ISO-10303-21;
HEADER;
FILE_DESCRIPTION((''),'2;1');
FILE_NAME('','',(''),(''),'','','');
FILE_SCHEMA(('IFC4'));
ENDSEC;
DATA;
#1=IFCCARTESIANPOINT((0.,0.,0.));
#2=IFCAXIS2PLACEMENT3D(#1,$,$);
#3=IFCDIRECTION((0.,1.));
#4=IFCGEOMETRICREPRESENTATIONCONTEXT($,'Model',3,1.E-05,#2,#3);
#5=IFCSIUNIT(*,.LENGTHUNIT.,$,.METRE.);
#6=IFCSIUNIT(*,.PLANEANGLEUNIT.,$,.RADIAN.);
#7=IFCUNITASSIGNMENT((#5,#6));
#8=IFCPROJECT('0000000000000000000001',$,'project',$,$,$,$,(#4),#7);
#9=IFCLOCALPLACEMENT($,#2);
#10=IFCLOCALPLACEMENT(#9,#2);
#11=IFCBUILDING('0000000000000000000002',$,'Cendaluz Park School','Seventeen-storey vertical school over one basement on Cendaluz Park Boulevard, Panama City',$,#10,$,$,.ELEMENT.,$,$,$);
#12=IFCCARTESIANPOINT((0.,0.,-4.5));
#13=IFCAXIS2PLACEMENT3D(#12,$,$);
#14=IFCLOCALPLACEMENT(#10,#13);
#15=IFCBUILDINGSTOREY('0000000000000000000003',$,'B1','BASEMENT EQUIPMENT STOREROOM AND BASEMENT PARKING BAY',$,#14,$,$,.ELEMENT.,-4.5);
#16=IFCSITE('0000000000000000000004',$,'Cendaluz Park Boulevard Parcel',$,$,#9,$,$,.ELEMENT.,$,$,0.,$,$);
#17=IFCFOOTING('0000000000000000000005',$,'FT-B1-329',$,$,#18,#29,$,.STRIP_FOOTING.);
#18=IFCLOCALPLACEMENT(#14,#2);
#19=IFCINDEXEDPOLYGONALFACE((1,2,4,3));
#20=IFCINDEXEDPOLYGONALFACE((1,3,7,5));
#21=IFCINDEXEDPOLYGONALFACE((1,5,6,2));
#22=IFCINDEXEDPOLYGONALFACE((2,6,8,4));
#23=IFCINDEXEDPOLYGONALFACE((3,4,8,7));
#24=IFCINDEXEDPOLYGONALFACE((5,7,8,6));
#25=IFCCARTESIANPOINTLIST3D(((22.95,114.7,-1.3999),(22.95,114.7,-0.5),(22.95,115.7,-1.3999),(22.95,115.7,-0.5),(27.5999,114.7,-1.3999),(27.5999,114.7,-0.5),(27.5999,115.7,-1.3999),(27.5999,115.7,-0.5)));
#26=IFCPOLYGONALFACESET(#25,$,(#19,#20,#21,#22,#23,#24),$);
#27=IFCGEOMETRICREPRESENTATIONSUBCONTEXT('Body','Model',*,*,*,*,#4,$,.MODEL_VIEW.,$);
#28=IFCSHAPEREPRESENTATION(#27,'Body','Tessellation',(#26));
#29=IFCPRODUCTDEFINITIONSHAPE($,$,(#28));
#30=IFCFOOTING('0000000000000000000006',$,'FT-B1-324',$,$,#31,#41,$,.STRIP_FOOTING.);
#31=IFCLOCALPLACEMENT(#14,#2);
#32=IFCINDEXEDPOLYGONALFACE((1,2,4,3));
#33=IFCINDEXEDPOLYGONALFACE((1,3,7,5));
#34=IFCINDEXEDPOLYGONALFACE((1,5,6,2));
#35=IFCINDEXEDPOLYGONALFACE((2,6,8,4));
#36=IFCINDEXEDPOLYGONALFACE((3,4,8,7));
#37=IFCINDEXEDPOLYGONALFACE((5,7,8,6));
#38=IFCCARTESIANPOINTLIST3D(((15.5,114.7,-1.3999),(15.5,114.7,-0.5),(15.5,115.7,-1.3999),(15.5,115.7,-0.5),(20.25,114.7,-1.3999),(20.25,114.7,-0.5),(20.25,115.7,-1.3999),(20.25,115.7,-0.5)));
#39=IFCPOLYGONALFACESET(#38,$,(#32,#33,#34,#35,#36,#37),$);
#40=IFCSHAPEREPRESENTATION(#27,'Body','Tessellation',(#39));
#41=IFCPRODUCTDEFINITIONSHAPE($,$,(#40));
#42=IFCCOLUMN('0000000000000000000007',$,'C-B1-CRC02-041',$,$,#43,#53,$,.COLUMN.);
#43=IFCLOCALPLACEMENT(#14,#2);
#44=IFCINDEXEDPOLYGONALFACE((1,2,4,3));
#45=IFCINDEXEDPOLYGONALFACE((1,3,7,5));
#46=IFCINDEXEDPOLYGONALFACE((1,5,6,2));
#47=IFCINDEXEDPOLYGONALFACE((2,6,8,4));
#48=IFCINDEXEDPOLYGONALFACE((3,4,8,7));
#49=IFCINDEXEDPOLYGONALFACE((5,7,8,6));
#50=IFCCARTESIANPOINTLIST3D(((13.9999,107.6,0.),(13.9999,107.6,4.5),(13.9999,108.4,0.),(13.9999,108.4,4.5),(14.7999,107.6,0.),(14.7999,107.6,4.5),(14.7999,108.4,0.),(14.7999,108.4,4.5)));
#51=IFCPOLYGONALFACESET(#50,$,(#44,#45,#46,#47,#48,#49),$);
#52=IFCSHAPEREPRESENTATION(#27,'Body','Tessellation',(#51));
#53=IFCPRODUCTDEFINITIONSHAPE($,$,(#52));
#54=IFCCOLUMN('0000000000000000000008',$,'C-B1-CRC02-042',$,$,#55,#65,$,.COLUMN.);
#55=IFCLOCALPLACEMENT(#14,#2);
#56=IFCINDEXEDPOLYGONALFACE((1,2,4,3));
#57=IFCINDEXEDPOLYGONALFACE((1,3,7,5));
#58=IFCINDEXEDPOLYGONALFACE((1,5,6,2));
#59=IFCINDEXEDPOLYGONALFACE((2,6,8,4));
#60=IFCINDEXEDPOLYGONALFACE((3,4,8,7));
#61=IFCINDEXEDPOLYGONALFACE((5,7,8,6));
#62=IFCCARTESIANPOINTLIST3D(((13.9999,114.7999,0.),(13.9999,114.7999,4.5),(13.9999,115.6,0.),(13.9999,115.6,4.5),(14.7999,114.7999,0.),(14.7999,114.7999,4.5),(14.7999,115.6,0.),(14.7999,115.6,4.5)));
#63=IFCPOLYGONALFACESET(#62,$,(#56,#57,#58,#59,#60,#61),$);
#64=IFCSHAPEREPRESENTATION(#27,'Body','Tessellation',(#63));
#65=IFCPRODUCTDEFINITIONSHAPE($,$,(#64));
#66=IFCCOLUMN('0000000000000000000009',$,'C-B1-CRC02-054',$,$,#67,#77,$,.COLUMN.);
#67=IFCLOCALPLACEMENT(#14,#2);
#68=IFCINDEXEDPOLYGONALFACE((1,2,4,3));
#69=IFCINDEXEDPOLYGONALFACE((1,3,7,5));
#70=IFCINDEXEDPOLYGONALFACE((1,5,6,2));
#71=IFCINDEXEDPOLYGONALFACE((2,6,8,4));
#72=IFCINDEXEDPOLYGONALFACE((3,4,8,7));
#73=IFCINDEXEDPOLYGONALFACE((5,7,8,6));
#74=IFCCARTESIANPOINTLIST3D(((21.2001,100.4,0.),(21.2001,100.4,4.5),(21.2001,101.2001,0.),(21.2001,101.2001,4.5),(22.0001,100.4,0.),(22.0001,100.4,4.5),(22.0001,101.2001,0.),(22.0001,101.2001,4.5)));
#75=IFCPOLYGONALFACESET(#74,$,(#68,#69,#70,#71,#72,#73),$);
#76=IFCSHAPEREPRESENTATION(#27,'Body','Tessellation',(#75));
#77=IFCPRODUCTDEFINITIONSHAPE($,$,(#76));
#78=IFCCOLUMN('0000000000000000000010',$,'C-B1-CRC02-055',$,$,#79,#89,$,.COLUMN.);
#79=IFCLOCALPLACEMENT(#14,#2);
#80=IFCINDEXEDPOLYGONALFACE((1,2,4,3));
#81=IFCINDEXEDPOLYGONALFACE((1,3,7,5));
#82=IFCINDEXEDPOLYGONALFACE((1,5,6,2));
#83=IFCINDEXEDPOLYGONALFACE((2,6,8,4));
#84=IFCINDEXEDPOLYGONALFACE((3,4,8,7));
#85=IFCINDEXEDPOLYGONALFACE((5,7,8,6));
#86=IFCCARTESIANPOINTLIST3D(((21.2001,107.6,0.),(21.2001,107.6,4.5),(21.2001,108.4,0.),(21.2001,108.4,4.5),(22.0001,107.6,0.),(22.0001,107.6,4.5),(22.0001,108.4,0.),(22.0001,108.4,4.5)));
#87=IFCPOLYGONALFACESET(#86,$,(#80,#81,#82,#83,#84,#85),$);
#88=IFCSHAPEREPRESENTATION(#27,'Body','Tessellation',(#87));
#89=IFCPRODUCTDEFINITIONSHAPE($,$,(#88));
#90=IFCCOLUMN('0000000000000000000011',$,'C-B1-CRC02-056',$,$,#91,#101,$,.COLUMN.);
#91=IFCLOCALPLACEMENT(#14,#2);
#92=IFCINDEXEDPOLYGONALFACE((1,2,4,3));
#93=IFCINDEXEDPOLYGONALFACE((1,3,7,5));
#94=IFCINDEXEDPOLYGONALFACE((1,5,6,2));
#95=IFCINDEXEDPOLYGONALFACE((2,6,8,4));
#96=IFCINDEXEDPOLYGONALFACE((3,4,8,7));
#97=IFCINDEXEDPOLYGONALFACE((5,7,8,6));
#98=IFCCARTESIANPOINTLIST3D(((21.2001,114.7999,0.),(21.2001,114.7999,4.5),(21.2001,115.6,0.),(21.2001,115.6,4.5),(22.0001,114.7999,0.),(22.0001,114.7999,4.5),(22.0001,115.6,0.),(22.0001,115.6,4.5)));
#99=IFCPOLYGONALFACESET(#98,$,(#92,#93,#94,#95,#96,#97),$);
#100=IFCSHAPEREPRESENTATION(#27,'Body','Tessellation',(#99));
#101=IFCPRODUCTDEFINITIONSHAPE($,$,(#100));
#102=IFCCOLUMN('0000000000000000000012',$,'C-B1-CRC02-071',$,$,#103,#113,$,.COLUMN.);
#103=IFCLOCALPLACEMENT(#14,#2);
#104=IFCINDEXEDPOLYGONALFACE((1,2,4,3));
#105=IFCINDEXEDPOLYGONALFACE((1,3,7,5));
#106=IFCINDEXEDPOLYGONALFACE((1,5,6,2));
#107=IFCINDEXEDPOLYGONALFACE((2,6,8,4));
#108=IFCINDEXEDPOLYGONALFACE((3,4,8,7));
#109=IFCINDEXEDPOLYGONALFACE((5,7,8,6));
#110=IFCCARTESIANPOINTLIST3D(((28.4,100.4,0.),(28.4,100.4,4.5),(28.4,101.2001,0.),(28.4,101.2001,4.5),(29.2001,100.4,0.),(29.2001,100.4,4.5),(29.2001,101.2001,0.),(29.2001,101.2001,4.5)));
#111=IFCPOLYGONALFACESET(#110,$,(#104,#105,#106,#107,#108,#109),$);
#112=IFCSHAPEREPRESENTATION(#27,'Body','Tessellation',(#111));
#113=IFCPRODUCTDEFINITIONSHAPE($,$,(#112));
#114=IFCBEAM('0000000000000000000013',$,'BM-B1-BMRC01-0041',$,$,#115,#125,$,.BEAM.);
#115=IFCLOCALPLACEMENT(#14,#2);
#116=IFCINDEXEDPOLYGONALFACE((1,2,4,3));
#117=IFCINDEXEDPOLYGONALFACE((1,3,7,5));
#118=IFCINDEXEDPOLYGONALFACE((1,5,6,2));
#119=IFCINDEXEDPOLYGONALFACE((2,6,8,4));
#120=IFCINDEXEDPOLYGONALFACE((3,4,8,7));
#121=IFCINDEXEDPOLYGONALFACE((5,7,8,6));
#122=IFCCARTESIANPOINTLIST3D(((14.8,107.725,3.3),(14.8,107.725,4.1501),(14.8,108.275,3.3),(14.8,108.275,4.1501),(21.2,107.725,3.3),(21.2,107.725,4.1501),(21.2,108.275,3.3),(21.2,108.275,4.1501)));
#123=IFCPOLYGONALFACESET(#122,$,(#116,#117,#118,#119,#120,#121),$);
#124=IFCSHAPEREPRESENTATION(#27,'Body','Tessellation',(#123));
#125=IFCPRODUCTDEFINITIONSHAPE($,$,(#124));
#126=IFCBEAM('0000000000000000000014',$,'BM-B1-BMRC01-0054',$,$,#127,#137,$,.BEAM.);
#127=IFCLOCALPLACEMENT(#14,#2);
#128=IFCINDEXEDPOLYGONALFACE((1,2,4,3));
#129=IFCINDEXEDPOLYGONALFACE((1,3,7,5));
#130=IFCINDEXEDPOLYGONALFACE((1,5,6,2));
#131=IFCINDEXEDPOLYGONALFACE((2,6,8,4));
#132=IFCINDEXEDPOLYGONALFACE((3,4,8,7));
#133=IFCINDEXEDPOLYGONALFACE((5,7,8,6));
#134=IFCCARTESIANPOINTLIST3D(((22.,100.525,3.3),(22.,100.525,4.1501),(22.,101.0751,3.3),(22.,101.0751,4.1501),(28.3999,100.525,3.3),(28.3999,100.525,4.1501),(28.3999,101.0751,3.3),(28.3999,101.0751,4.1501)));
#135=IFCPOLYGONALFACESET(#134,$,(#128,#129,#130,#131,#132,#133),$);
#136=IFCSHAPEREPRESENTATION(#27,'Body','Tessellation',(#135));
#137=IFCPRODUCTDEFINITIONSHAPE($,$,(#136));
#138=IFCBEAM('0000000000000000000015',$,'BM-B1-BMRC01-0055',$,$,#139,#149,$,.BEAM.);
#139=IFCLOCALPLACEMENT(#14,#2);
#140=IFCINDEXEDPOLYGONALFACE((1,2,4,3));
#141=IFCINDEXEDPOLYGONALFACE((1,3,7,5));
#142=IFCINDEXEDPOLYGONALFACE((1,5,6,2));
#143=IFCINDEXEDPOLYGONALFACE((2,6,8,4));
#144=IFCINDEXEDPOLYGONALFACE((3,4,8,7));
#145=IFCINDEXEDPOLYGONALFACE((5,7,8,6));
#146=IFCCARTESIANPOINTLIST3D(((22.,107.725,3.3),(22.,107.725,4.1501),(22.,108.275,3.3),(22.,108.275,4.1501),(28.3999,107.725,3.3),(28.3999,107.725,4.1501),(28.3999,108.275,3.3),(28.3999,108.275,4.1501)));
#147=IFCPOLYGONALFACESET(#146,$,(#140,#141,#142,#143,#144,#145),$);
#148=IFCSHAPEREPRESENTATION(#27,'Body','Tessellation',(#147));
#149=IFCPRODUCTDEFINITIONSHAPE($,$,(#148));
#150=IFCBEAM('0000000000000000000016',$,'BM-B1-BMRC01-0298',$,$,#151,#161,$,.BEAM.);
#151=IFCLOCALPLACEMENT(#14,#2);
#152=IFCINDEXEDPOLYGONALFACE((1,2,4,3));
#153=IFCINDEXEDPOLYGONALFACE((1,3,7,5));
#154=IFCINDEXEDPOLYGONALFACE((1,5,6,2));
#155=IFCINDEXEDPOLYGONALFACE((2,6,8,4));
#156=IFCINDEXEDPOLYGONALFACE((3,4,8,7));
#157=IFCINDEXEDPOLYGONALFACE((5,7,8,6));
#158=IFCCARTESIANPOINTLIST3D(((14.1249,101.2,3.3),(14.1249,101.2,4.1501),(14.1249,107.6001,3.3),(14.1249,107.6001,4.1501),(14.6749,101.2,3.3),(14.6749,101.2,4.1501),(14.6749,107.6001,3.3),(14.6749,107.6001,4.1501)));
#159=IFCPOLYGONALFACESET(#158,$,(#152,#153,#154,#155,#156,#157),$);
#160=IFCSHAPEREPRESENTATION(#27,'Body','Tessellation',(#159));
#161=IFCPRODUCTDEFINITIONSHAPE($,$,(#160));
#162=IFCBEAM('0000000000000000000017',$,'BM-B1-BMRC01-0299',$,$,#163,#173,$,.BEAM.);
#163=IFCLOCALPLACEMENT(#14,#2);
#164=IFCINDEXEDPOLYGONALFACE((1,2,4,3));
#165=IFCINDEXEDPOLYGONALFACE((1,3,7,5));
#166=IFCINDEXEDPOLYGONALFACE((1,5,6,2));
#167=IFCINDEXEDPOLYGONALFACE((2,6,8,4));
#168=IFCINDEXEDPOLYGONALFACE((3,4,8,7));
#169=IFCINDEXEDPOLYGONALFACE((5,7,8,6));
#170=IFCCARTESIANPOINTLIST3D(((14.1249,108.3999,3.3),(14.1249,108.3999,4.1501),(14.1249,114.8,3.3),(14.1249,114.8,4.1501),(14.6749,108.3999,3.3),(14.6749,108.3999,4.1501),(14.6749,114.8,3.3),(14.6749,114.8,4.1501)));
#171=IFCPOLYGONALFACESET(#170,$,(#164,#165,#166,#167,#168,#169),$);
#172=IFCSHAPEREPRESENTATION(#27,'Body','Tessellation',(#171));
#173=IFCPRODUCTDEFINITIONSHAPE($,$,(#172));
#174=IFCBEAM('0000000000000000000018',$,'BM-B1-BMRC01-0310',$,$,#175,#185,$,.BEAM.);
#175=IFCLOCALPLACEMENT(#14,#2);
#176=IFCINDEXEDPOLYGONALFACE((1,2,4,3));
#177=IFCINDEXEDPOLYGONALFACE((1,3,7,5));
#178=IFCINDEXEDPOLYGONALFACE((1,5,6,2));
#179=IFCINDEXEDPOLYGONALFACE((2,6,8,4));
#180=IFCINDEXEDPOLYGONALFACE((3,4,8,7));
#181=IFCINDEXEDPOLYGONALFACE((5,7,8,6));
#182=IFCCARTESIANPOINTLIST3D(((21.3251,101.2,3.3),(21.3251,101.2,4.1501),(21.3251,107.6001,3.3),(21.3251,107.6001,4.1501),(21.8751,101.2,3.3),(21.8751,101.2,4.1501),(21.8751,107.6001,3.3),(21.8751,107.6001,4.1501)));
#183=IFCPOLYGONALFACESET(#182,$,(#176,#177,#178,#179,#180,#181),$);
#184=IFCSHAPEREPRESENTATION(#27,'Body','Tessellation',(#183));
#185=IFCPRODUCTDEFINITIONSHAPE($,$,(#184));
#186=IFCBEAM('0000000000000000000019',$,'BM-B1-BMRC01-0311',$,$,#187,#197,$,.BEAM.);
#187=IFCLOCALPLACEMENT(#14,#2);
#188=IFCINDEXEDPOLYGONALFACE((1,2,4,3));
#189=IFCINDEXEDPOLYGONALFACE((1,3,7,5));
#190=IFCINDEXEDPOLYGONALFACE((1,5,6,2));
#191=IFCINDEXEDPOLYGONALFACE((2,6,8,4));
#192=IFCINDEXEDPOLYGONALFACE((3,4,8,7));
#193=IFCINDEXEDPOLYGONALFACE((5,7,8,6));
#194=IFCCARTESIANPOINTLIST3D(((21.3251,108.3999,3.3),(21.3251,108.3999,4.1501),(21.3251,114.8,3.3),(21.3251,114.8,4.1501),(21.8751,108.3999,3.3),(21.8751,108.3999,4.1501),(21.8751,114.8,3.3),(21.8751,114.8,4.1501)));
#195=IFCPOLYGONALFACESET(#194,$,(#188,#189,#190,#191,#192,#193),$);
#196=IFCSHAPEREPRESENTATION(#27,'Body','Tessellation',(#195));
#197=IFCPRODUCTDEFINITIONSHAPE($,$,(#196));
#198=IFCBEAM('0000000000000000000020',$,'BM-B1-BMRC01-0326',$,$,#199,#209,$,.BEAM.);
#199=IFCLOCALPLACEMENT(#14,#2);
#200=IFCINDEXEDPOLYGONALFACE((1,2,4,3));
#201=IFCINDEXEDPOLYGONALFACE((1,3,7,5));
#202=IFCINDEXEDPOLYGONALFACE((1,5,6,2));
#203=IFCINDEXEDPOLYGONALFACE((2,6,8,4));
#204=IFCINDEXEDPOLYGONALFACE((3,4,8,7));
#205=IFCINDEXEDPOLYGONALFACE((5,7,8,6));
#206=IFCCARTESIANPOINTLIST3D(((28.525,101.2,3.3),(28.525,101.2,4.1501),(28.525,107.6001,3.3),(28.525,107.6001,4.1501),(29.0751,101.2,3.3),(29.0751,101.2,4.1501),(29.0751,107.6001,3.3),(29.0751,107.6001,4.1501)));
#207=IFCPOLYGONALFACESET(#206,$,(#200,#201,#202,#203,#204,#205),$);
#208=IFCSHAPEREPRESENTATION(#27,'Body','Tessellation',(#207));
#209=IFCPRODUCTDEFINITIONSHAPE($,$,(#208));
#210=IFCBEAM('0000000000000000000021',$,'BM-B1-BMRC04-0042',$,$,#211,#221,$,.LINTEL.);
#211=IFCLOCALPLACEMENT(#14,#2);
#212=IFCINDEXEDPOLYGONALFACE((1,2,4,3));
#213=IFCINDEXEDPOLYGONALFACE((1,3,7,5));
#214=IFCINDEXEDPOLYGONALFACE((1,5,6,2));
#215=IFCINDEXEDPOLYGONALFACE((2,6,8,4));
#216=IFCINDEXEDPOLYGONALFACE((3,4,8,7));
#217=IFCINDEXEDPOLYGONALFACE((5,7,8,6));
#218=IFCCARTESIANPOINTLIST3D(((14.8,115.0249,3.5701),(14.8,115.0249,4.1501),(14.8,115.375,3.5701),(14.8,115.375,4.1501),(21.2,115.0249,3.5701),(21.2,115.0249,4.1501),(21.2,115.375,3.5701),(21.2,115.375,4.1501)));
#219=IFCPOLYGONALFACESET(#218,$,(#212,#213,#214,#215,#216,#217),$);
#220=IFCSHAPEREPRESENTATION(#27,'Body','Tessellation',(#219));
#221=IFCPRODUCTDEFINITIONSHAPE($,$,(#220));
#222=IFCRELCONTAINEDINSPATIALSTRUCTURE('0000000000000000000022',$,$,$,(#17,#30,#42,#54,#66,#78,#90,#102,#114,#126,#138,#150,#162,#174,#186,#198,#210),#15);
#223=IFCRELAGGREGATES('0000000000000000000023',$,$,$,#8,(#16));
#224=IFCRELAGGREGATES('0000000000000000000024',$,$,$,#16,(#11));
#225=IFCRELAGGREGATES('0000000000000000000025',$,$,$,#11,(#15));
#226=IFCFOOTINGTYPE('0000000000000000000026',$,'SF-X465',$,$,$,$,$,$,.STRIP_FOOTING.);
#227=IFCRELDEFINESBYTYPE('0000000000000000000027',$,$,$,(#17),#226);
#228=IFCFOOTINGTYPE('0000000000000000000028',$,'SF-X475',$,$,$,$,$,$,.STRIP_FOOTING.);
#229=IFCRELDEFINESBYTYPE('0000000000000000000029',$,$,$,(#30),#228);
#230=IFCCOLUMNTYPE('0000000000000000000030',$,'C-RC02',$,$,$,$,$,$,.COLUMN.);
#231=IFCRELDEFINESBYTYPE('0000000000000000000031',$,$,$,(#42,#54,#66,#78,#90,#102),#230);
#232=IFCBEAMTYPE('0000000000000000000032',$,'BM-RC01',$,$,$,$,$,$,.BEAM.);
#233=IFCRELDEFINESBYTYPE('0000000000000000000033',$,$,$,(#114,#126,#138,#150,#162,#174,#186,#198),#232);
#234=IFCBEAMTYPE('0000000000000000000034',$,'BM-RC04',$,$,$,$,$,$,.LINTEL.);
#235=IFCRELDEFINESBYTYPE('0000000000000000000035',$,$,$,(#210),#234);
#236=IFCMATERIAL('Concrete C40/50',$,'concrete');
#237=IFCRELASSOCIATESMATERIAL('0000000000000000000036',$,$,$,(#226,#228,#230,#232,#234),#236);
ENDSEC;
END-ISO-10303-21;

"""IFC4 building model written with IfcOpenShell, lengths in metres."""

from ifc_helpers import new_model, si_unit, direction, frame, origin, origin_2d, place, context, subcontext, project, spatial, rectangle, extrude, material, material_profile, profile_set, type_object, element, save


model = new_model("IFC4")

# Units and contexts
model_context = context("Model", 3, precision=1e-05, world=origin(), true_north=direction((0.0, 1.0)))
body_context = subcontext(model_context, "Body", "Model", "MODEL_VIEW")
ifc_project = project(units=[si_unit("LENGTHUNIT", "METRE"), si_unit("PLANEANGLEUNIT", "RADIAN")], contexts=[model_context])

# Site, building, storey
site_placement = place(None, origin())
site = spatial("IfcSite", under=ifc_project, at=site_placement, Name="Cendaluz Park Boulevard Parcel", CompositionType="ELEMENT", RefElevation=0.0)
building_placement = place(site_placement, origin())
building = spatial("IfcBuilding", under=site, at=building_placement, Name="Cendaluz Park School", Description="Seventeen-storey vertical school over one basement on Cendaluz Park Boulevard, Panama City", CompositionType="ELEMENT")
storey_placement = place(building_placement, frame((0.0, 0.0, -4.5)))
storey = spatial("IfcBuildingStorey", under=building, at=storey_placement, Name="B1", Description="BASEMENT EQUIPMENT STOREROOM AND BASEMENT PARKING BAY", CompositionType="ELEMENT", Elevation=-4.5)

# Shared definitions
ifc_material_1 = material(Name="Concrete C40/50", Category="concrete")

# Footings
footing_type_1 = type_object("IfcFootingType", Name="SF-X465", PredefinedType="STRIP_FOOTING", material=ifc_material_1)
footing_1_placement = place(storey_placement, frame((25.2749, 115.2, -1.3999), z_axis=(0.0, 0.0, 1.0), x_axis=(1.0, 0.0, 0.0)))
element("IfcFooting", 1, at=footing_1_placement, inside=storey, type_object=footing_type_1, Name="FT-B1-329", PredefinedType="STRIP_FOOTING", context=body_context, shape_type="SweptSolid", body=[
    extrude(rectangle(XDim=4.6499, YDim=1.0, at=origin_2d()), origin(), (0.0, 0.0, 1.0), 0.8999),
])
footing_type_2 = type_object("IfcFootingType", Name="SF-X475", PredefinedType="STRIP_FOOTING", material=ifc_material_1)
footing_2_placement = place(storey_placement, frame((17.875, 115.2, -1.3999), z_axis=(0.0, 0.0, 1.0), x_axis=(1.0, 0.0, 0.0)))
element("IfcFooting", 2, at=footing_2_placement, inside=storey, type_object=footing_type_2, Name="FT-B1-324", PredefinedType="STRIP_FOOTING", context=body_context, shape_type="SweptSolid", body=[
    extrude(rectangle(XDim=4.75, YDim=1.0, at=origin_2d()), origin(), (0.0, 0.0, 1.0), 0.8999),
])

# Columns
ifc_material_profile_1 = material_profile(ifc_material_1, rectangle(XDim=0.8, YDim=0.8, at=origin_2d()), Name="RC 800x800", Category="concrete")
ifc_profile_set_1 = profile_set([ifc_material_profile_1], Name="Concrete C40/50")
column_type = type_object("IfcColumnType", Name="C-RC02", PredefinedType="COLUMN", material=ifc_profile_set_1)
for number, where, z_axis, x_axis, name in (
    (3, (14.3999, 108.0, 0.0), (0.0, 0.0, 1.0), (1.0, 0.0, 0.0), "C-B1-CRC02-041"),
    (4, (14.3999, 115.2, 0.0), (0.0, 0.0, 1.0), (1.0, 0.0, 0.0), "C-B1-CRC02-042"),
    (5, (21.6001, 100.8, 0.0), (0.0, 0.0, 1.0), (1.0, 0.0, 0.0), "C-B1-CRC02-054"),
    (6, (21.6001, 108.0, 0.0), (0.0, 0.0, 1.0), (1.0, 0.0, 0.0), "C-B1-CRC02-055"),
    (7, (21.6001, 115.2, 0.0), (0.0, 0.0, 1.0), (1.0, 0.0, 0.0), "C-B1-CRC02-056"),
    (8, (28.8, 100.8, 0.0), (0.0, 0.0, 1.0), (1.0, 0.0, 0.0), "C-B1-CRC02-071"),
):
    element("IfcColumn", number, at=place(storey_placement, frame(where, z_axis=z_axis, x_axis=x_axis)), inside=storey, type_object=column_type, Name=name, PredefinedType="COLUMN", context=body_context, shape_type="SweptSolid", body=[
        extrude(rectangle(XDim=0.8, YDim=0.8, at=origin_2d()), origin(), (0.0, 0.0, 1.0), 4.5),
    ])

# Beams
ifc_material_profile_2 = material_profile(ifc_material_1, rectangle(XDim=0.55, YDim=0.8501, at=origin_2d()), Name="RC 550x850", Category="concrete")
ifc_profile_set_2 = profile_set([ifc_material_profile_2], Name="Concrete C40/50")
beam_type_1 = type_object("IfcBeamType", Name="BM-RC01", PredefinedType="BEAM", material=ifc_profile_set_2)
for number, where, z_axis, x_axis, name in (
    (9, (14.8, 108.0, 3.7251), (1.0, 0.0, 0.0), (0.0, 1.0, 0.0), "BM-B1-BMRC01-0041"),
    (10, (22.0, 100.8, 3.7251), (1.0, 0.0, 0.0), (0.0, 1.0, 0.0), "BM-B1-BMRC01-0054"),
    (11, (22.0, 108.0, 3.7251), (1.0, 0.0, 0.0), (0.0, 1.0, 0.0), "BM-B1-BMRC01-0055"),
):
    element("IfcBeam", number, at=place(storey_placement, frame(where, z_axis=z_axis, x_axis=x_axis)), inside=storey, type_object=beam_type_1, Name=name, PredefinedType="BEAM", context=body_context, shape_type="SweptSolid", body=[
        extrude(rectangle(XDim=0.55, YDim=0.8501, at=origin_2d()), origin(), (0.0, 0.0, 1.0), 6.3999),
    ])
for number, where, z_axis, x_axis, name in (
    (12, (14.3999, 101.2, 3.7251), (0.0, 1.0, 0.0), (-1.0, 0.0, 0.0), "BM-B1-BMRC01-0298"),
    (13, (14.3999, 108.3999, 3.7251), (0.0, 1.0, 0.0), (-1.0, 0.0, 0.0), "BM-B1-BMRC01-0299"),
    (14, (21.6001, 101.2, 3.7251), (0.0, 1.0, 0.0), (-1.0, 0.0, 0.0), "BM-B1-BMRC01-0310"),
    (15, (21.6001, 108.3999, 3.7251), (0.0, 1.0, 0.0), (-1.0, 0.0, 0.0), "BM-B1-BMRC01-0311"),
    (16, (28.8, 101.2, 3.7251), (0.0, 1.0, 0.0), (-1.0, 0.0, 0.0), "BM-B1-BMRC01-0326"),
):
    element("IfcBeam", number, at=place(storey_placement, frame(where, z_axis=z_axis, x_axis=x_axis)), inside=storey, type_object=beam_type_1, Name=name, PredefinedType="BEAM", context=body_context, shape_type="SweptSolid", body=[
        extrude(rectangle(XDim=0.55, YDim=0.8501, at=origin_2d()), origin(), (0.0, 0.0, 1.0), 6.4001),
    ])
ifc_material_profile_3 = material_profile(ifc_material_1, rectangle(XDim=0.3501, YDim=0.5801, at=origin_2d()), Name="RC 350x580", Category="concrete")
ifc_profile_set_3 = profile_set([ifc_material_profile_3], Name="Concrete C40/50")
beam_type_2 = type_object("IfcBeamType", Name="BM-RC04", PredefinedType="LINTEL", material=ifc_profile_set_3)
for number, where, z_axis, x_axis, name in (
    (17, (14.8, 115.2, 3.8601), (1.0, 0.0, 0.0), (0.0, 1.0, 0.0), "BM-B1-BMRC04-0042"),
):
    element("IfcBeam", number, at=place(storey_placement, frame(where, z_axis=z_axis, x_axis=x_axis)), inside=storey, type_object=beam_type_2, Name=name, PredefinedType="LINTEL", context=body_context, shape_type="SweptSolid", body=[
        extrude(rectangle(XDim=0.3501, YDim=0.5801, at=origin_2d()), origin(), (0.0, 0.0, 1.0), 6.3999),
    ])

save(model, "model.ifc")
